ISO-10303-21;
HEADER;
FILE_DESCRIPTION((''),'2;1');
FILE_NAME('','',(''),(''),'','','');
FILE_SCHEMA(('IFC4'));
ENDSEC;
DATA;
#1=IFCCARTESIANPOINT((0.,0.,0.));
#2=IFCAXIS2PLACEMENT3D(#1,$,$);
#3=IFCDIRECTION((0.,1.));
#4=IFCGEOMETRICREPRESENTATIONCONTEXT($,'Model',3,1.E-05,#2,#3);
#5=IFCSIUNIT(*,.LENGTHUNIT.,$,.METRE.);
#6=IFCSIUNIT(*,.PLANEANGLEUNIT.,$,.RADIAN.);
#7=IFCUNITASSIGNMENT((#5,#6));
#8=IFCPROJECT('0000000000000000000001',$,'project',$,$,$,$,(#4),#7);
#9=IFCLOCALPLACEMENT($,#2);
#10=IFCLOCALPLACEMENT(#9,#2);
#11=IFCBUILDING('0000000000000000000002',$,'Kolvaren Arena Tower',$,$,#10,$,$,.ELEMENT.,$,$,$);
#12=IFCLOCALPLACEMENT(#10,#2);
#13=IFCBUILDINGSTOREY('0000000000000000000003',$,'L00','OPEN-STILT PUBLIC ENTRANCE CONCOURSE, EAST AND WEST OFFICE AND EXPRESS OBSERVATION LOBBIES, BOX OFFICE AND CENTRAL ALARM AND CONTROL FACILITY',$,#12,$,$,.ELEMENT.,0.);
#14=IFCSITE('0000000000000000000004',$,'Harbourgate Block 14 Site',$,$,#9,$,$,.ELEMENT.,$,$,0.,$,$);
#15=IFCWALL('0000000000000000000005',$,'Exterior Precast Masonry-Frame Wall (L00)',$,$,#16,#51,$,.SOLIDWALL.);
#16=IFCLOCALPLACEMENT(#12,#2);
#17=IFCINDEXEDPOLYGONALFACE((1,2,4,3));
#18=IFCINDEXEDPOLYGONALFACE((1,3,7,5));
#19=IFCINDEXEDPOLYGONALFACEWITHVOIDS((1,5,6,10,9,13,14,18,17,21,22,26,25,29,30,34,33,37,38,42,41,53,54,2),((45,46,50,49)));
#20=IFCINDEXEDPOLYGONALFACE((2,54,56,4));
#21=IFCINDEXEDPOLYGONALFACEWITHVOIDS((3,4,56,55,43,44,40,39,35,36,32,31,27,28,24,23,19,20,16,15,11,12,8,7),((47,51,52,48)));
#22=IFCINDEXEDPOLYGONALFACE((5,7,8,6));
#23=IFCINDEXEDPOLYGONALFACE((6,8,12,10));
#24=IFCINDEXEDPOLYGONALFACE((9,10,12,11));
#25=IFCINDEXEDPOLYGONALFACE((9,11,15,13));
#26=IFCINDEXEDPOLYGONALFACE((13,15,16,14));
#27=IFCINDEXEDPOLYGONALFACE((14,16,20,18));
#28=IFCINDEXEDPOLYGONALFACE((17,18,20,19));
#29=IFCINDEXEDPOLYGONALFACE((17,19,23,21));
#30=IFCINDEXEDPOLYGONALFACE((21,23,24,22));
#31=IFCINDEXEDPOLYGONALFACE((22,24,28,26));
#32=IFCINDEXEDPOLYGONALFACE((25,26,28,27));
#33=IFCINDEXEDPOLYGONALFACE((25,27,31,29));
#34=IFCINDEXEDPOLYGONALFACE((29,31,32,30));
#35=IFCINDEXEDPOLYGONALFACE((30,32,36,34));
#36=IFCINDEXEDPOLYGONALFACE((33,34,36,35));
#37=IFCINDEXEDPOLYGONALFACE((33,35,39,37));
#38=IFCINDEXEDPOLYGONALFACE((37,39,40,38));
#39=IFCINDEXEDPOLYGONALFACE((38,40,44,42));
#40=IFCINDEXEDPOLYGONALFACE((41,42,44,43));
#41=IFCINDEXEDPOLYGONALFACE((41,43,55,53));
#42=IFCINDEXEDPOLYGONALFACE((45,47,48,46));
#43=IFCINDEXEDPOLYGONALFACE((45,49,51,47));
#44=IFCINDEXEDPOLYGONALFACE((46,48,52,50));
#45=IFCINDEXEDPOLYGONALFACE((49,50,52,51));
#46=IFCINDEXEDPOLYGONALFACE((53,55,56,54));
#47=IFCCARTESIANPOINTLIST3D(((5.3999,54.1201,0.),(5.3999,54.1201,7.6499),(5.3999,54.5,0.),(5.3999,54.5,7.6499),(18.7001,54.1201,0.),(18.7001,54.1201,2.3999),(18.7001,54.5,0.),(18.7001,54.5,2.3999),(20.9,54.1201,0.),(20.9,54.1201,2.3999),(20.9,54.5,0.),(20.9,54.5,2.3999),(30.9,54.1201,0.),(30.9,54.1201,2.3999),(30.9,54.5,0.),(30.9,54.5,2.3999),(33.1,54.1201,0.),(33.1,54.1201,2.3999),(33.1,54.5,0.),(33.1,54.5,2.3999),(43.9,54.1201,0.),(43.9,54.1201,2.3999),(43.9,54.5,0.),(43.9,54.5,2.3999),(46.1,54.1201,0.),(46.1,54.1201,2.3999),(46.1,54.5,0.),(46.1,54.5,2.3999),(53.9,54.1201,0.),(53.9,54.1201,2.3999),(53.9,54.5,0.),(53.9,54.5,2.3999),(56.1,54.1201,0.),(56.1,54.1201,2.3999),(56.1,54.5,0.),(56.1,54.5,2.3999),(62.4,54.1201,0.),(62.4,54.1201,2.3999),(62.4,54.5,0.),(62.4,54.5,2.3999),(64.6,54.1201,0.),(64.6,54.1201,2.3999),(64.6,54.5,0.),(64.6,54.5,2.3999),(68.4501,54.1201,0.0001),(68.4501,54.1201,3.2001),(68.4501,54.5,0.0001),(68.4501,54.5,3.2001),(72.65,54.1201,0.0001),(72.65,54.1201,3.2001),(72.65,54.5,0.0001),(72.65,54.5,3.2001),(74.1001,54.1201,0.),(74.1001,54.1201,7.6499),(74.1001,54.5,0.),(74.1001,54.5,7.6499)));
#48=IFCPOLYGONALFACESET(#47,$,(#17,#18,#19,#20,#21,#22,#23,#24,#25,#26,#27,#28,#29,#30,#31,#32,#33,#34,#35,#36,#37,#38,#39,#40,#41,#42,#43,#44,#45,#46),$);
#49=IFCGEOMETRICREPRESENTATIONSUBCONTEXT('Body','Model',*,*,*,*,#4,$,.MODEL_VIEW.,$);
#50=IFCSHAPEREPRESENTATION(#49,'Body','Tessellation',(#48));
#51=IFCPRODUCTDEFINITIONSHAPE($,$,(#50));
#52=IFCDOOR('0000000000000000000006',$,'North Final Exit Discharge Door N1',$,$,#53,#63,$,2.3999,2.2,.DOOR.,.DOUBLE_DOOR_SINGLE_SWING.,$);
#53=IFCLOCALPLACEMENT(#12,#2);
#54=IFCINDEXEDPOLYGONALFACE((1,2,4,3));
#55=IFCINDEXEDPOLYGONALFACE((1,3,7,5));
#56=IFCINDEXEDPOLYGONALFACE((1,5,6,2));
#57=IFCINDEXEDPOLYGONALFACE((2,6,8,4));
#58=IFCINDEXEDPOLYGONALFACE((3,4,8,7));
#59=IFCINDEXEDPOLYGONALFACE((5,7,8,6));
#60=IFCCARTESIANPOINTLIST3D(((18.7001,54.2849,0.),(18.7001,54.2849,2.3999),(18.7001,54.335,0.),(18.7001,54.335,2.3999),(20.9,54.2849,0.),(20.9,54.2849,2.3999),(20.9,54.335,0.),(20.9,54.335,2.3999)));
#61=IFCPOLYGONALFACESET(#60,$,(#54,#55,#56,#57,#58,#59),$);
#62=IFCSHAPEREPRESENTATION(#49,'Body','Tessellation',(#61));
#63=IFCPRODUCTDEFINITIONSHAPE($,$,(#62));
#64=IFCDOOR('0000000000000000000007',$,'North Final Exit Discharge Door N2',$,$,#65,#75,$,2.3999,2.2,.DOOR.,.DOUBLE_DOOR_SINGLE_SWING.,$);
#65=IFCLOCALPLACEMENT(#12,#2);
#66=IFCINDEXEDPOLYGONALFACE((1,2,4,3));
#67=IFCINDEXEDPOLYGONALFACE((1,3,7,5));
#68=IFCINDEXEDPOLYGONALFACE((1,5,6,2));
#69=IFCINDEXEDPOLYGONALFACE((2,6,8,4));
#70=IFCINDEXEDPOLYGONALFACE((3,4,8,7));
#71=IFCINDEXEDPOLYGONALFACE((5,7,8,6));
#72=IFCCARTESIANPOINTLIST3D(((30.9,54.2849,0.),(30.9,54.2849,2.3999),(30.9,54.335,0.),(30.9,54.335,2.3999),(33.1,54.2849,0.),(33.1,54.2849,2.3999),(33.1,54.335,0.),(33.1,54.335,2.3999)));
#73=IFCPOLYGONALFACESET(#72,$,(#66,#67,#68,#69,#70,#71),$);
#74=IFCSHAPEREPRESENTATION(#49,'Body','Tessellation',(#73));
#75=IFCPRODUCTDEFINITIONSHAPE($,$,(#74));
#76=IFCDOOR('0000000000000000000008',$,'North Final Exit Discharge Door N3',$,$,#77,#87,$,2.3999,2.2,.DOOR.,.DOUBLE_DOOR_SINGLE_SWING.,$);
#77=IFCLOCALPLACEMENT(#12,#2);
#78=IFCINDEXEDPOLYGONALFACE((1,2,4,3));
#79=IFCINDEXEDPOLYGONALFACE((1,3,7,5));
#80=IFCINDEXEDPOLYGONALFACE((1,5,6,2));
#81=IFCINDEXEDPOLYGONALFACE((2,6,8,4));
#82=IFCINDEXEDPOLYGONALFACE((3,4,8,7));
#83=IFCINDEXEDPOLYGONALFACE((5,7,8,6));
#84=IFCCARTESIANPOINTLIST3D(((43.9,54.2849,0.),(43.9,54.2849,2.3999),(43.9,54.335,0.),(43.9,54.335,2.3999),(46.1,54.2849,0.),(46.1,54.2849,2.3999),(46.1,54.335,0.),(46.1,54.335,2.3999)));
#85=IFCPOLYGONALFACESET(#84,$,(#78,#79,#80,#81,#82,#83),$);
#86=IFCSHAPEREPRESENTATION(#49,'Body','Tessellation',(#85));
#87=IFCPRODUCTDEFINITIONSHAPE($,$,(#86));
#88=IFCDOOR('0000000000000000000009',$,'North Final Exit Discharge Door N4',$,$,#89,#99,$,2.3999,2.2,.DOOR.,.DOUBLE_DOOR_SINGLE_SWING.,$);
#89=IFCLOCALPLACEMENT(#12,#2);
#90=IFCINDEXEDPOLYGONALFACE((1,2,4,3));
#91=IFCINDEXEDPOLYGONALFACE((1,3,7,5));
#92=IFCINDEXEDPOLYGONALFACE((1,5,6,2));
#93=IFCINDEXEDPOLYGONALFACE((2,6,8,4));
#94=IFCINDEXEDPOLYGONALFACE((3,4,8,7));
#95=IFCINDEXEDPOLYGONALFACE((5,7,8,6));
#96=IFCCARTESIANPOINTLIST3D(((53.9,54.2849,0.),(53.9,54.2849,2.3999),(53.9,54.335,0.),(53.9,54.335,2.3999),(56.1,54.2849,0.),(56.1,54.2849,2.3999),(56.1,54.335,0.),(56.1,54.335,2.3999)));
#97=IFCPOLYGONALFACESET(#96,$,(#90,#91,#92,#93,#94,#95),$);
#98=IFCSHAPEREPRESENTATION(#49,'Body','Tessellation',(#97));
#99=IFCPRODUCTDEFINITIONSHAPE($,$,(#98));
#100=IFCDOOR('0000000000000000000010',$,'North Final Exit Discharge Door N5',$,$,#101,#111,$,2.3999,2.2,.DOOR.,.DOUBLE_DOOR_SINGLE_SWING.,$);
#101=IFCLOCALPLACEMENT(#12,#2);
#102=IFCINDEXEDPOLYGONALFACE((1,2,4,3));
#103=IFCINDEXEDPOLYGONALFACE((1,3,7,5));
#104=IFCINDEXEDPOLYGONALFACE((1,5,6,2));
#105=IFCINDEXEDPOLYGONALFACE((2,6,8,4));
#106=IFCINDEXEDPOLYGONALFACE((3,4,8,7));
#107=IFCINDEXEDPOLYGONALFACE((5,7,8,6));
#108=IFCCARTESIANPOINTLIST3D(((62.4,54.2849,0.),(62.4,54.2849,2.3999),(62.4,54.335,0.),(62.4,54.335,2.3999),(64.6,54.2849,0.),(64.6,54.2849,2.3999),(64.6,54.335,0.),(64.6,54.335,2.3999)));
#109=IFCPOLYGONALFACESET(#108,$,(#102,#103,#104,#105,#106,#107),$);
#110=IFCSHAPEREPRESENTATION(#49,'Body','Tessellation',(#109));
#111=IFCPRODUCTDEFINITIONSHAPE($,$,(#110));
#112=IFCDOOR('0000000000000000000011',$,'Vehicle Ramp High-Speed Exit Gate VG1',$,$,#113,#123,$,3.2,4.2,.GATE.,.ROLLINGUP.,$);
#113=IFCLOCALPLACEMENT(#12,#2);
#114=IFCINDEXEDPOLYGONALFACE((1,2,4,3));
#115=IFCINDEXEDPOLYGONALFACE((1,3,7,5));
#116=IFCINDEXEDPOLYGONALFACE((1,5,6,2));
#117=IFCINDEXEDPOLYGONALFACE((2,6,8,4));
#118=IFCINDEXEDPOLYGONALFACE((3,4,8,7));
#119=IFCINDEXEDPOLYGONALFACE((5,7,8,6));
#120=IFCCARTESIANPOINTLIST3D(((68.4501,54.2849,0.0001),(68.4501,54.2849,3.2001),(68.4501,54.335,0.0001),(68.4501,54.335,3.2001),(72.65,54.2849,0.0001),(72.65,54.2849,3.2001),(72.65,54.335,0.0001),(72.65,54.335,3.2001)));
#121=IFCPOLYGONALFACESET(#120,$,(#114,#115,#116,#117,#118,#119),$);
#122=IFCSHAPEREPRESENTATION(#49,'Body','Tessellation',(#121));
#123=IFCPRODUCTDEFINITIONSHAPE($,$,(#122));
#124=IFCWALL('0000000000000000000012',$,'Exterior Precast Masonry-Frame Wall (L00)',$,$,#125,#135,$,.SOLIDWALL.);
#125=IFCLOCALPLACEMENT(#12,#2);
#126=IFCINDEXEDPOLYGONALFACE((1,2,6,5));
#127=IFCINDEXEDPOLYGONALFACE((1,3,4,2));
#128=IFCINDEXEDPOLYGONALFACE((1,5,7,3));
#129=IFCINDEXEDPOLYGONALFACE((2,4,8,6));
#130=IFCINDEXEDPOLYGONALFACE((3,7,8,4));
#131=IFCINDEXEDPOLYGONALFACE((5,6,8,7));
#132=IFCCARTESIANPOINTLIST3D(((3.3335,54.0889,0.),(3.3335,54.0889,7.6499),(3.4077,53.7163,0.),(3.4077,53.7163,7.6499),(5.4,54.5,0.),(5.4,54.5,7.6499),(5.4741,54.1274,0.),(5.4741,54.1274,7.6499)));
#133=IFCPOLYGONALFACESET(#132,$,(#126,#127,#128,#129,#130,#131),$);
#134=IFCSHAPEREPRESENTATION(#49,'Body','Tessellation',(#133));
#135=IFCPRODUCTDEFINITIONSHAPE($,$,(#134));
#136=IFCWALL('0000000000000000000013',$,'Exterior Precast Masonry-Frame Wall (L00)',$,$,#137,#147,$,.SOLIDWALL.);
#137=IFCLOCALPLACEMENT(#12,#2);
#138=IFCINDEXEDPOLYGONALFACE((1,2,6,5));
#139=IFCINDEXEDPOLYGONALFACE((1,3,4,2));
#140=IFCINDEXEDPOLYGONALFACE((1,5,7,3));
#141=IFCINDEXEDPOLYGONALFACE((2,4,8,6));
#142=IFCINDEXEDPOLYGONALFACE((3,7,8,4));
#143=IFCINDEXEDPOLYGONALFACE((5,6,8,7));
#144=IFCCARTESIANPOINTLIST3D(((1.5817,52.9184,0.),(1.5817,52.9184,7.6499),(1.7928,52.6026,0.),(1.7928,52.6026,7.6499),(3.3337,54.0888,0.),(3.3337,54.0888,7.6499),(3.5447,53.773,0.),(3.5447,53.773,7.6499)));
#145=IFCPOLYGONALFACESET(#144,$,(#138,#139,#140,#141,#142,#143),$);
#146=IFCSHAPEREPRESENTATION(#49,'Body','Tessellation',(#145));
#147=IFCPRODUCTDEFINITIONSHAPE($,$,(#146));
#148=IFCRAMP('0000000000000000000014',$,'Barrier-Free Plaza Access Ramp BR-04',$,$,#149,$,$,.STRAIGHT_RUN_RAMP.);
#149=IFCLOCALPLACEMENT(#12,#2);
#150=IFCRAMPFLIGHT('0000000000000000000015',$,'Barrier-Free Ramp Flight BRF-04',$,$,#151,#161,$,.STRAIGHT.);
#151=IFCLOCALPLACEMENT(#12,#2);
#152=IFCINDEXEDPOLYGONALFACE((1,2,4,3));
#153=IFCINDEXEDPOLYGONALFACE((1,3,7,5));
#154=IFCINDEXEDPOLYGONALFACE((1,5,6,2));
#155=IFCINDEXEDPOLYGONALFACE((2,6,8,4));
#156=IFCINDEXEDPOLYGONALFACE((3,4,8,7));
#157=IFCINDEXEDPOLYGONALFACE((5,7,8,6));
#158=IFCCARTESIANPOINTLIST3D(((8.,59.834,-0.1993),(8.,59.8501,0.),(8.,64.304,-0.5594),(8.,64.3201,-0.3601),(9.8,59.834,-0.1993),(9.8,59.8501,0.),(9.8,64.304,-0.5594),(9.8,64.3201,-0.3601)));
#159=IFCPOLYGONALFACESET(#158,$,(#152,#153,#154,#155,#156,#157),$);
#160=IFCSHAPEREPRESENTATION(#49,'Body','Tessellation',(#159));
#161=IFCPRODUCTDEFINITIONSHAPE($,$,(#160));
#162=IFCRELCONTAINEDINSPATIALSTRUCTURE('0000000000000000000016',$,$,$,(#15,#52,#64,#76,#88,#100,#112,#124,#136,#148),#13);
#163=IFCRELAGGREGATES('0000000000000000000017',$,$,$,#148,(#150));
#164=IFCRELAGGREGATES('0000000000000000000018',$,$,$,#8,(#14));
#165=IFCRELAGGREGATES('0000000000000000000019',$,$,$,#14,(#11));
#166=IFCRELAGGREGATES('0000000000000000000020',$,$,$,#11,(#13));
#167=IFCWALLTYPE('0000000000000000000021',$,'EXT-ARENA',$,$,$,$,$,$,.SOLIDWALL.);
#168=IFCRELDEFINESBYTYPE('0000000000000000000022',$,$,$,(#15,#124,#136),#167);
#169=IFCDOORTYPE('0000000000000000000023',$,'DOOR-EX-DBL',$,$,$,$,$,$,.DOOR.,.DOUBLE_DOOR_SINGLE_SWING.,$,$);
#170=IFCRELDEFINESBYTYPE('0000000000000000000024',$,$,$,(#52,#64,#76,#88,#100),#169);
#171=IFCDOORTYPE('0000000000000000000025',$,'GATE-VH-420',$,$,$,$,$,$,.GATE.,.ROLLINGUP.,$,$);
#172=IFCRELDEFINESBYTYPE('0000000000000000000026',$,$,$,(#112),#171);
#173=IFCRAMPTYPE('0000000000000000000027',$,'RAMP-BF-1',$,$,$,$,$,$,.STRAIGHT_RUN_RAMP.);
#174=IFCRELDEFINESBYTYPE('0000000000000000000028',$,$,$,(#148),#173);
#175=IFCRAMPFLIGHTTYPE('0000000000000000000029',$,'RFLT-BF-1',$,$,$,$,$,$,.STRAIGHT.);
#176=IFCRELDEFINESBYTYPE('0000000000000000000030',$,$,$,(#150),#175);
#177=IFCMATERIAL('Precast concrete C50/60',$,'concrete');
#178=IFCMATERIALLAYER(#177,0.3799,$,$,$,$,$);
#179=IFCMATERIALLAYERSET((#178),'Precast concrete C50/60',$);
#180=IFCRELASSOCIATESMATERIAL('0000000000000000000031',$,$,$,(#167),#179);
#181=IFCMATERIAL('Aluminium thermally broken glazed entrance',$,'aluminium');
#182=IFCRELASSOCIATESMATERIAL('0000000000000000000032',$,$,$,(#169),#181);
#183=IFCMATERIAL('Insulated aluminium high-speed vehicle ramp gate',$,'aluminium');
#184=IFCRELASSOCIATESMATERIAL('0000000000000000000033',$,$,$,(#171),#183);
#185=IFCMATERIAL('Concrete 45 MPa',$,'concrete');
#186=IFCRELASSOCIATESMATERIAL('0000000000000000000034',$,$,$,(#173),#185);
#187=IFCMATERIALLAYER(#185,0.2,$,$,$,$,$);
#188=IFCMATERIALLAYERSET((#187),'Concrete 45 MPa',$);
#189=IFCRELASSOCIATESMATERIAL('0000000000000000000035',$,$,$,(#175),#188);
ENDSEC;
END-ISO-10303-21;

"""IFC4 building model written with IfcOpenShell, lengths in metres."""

from ifc_helpers import new_model, si_unit, direction, frame, frame_2d, origin, place, context, subcontext, project, spatial, polyline, rectangle, outline, extrude, material, layer, layer_set, type_object, element, fill, aggregate, save


model = new_model("IFC4")

# Units and contexts
model_context = context("Model", 3, precision=1e-05, world=origin(), true_north=direction((0.0, 1.0)))
body_context = subcontext(model_context, "Body", "Model", "MODEL_VIEW")
ifc_project = project(units=[si_unit("LENGTHUNIT", "METRE"), si_unit("PLANEANGLEUNIT", "RADIAN")], contexts=[model_context])

# Site, building, storey
site_placement = place(None, origin())
site = spatial("IfcSite", under=ifc_project, at=site_placement, Name="Harbourgate Block 14 Site", CompositionType="ELEMENT", RefElevation=0.0)
building_placement = place(site_placement, origin())
building = spatial("IfcBuilding", under=site, at=building_placement, Name="Kolvaren Arena Tower", CompositionType="ELEMENT")
storey_placement = place(building_placement, origin())
storey = spatial("IfcBuildingStorey", under=building, at=storey_placement, Name="L00", Description="OPEN-STILT PUBLIC ENTRANCE CONCOURSE, EAST AND WEST OFFICE AND EXPRESS OBSERVATION LOBBIES, BOX OFFICE AND CENTRAL ALARM AND CONTROL FACILITY", CompositionType="ELEMENT", Elevation=0.0)

# Wall, openings, doors
ifc_material_1 = material(Name="Precast concrete C50/60", Category="concrete")
ifc_layer_1 = layer(ifc_material_1, 0.3799)
ifc_layer_set_1 = layer_set([ifc_layer_1], Name="Precast concrete C50/60")
wall_type = type_object("IfcWallType", Name="EXT-ARENA", PredefinedType="SOLIDWALL", material=ifc_layer_set_1)
wall_placement = place(storey_placement, frame((5.3999, 54.3101, 0.0), z_axis=(0.0, 0.0, 1.0), x_axis=(1.0, 0.0, 0.0)))
wall = element("IfcWall", 1, at=wall_placement, inside=storey, type_object=wall_type, Name="Exterior Precast Masonry-Frame Wall (L00)", PredefinedType="SOLIDWALL", context=body_context, shape_type="SweptSolid", body=[
    extrude(rectangle(XDim=68.7002, YDim=0.3799, at=frame_2d((34.3501, 0.0))), origin(), (0.0, 0.0, 1.0), 7.6499),
])
opening_1_placement = place(wall_placement, frame((63.05, 0.0, 0.0)))
opening_1 = element("IfcOpeningElement", 2, at=opening_1_placement, cuts=wall, PredefinedType="OPENING", context=body_context, shape_type="SweptSolid", body=[
    extrude(rectangle(XDim=4.2, YDim=3.2, at=frame_2d((2.1001, 1.6001))), frame((0.0, 0.2, 0.0), z_axis=(0.0, -1.0, 0.0), x_axis=(1.0, 0.0, 0.0)), (0.0, 0.0, 1.0), 0.3999),
])
opening_2_placement = place(wall_placement, frame((13.3, 0.0, 0.0)))
opening_2 = element("IfcOpeningElement", 3, at=opening_2_placement, cuts=wall, PredefinedType="OPENING", context=body_context, shape_type="SweptSolid", body=[
    extrude(rectangle(XDim=2.2, YDim=2.3999, at=frame_2d((1.1001, 1.2))), frame((0.0, 0.2, 0.0), z_axis=(0.0, -1.0, 0.0), x_axis=(1.0, 0.0, 0.0)), (0.0, 0.0, 1.0), 0.3999),
])
opening_3_placement = place(wall_placement, frame((25.5, 0.0, 0.0)))
opening_3 = element("IfcOpeningElement", 4, at=opening_3_placement, cuts=wall, PredefinedType="OPENING", context=body_context, shape_type="SweptSolid", body=[
    extrude(rectangle(XDim=2.2, YDim=2.3999, at=frame_2d((1.1001, 1.2))), frame((0.0, 0.2, 0.0), z_axis=(0.0, -1.0, 0.0), x_axis=(1.0, 0.0, 0.0)), (0.0, 0.0, 1.0), 0.3999),
])
opening_4_placement = place(wall_placement, frame((38.5, 0.0, 0.0)))
opening_4 = element("IfcOpeningElement", 5, at=opening_4_placement, cuts=wall, PredefinedType="OPENING", context=body_context, shape_type="SweptSolid", body=[
    extrude(rectangle(XDim=2.2, YDim=2.3999, at=frame_2d((1.1001, 1.2))), frame((0.0, 0.2, 0.0), z_axis=(0.0, -1.0, 0.0), x_axis=(1.0, 0.0, 0.0)), (0.0, 0.0, 1.0), 0.3999),
])
opening_5_placement = place(wall_placement, frame((48.5, 0.0, 0.0)))
opening_5 = element("IfcOpeningElement", 6, at=opening_5_placement, cuts=wall, PredefinedType="OPENING", context=body_context, shape_type="SweptSolid", body=[
    extrude(rectangle(XDim=2.2, YDim=2.3999, at=frame_2d((1.1001, 1.2))), frame((0.0, 0.2, 0.0), z_axis=(0.0, -1.0, 0.0), x_axis=(1.0, 0.0, 0.0)), (0.0, 0.0, 1.0), 0.3999),
])
opening_6_placement = place(wall_placement, frame((57.0, 0.0, 0.0)))
opening_6 = element("IfcOpeningElement", 7, at=opening_6_placement, cuts=wall, PredefinedType="OPENING", context=body_context, shape_type="SweptSolid", body=[
    extrude(rectangle(XDim=2.2, YDim=2.3999, at=frame_2d((1.1001, 1.2))), frame((0.0, 0.2, 0.0), z_axis=(0.0, -1.0, 0.0), x_axis=(1.0, 0.0, 0.0)), (0.0, 0.0, 1.0), 0.3999),
])
ifc_material_2 = material(Name="Aluminium thermally broken glazed entrance", Category="aluminium")
door_type_1 = type_object("IfcDoorType", Name="DOOR-EX-DBL", OperationType="DOUBLE_DOOR_SINGLE_SWING", PredefinedType="DOOR", material=ifc_material_2)
door_1_placement = place(opening_2_placement, origin())
door_1 = element("IfcDoor", 8, at=door_1_placement, inside=storey, type_object=door_type_1, Name="North Final Exit Discharge Door N1", OperationType="DOUBLE_DOOR_SINGLE_SWING", OverallHeight=2.3999, OverallWidth=2.2, PredefinedType="DOOR", context=body_context, shape_type="SweptSolid", body=[
    extrude(rectangle(XDim=2.2, YDim=2.3999, at=frame_2d((1.1001, 1.2))), frame((0.0, 0.0249, 0.0), z_axis=(0.0, -1.0, 0.0), x_axis=(1.0, 0.0, 0.0)), (0.0, 0.0, 1.0), 0.05),
])
fill(opening_2, door_1)
door_2_placement = place(opening_3_placement, origin())
door_2 = element("IfcDoor", 9, at=door_2_placement, inside=storey, type_object=door_type_1, Name="North Final Exit Discharge Door N2", OperationType="DOUBLE_DOOR_SINGLE_SWING", OverallHeight=2.3999, OverallWidth=2.2, PredefinedType="DOOR", context=body_context, shape_type="SweptSolid", body=[
    extrude(rectangle(XDim=2.2, YDim=2.3999, at=frame_2d((1.1001, 1.2))), frame((0.0, 0.0249, 0.0), z_axis=(0.0, -1.0, 0.0), x_axis=(1.0, 0.0, 0.0)), (0.0, 0.0, 1.0), 0.05),
])
fill(opening_3, door_2)
door_3_placement = place(opening_4_placement, origin())
door_3 = element("IfcDoor", 10, at=door_3_placement, inside=storey, type_object=door_type_1, Name="North Final Exit Discharge Door N3", OperationType="DOUBLE_DOOR_SINGLE_SWING", OverallHeight=2.3999, OverallWidth=2.2, PredefinedType="DOOR", context=body_context, shape_type="SweptSolid", body=[
    extrude(rectangle(XDim=2.2, YDim=2.3999, at=frame_2d((1.1001, 1.2))), frame((0.0, 0.0249, 0.0), z_axis=(0.0, -1.0, 0.0), x_axis=(1.0, 0.0, 0.0)), (0.0, 0.0, 1.0), 0.05),
])
fill(opening_4, door_3)
door_4_placement = place(opening_5_placement, origin())
door_4 = element("IfcDoor", 11, at=door_4_placement, inside=storey, type_object=door_type_1, Name="North Final Exit Discharge Door N4", OperationType="DOUBLE_DOOR_SINGLE_SWING", OverallHeight=2.3999, OverallWidth=2.2, PredefinedType="DOOR", context=body_context, shape_type="SweptSolid", body=[
    extrude(rectangle(XDim=2.2, YDim=2.3999, at=frame_2d((1.1001, 1.2))), frame((0.0, 0.0249, 0.0), z_axis=(0.0, -1.0, 0.0), x_axis=(1.0, 0.0, 0.0)), (0.0, 0.0, 1.0), 0.05),
])
fill(opening_5, door_4)
door_5_placement = place(opening_6_placement, origin())
door_5 = element("IfcDoor", 12, at=door_5_placement, inside=storey, type_object=door_type_1, Name="North Final Exit Discharge Door N5", OperationType="DOUBLE_DOOR_SINGLE_SWING", OverallHeight=2.3999, OverallWidth=2.2, PredefinedType="DOOR", context=body_context, shape_type="SweptSolid", body=[
    extrude(rectangle(XDim=2.2, YDim=2.3999, at=frame_2d((1.1001, 1.2))), frame((0.0, 0.0249, 0.0), z_axis=(0.0, -1.0, 0.0), x_axis=(1.0, 0.0, 0.0)), (0.0, 0.0, 1.0), 0.05),
])
fill(opening_6, door_5)
ifc_material_3 = material(Name="Insulated aluminium high-speed vehicle ramp gate", Category="aluminium")
door_type_2 = type_object("IfcDoorType", Name="GATE-VH-420", OperationType="ROLLINGUP", PredefinedType="GATE", material=ifc_material_3)
door_6_placement = place(opening_1_placement, origin())
door_6 = element("IfcDoor", 13, at=door_6_placement, inside=storey, type_object=door_type_2, Name="Vehicle Ramp High-Speed Exit Gate VG1", OperationType="ROLLINGUP", OverallHeight=3.2, OverallWidth=4.2, PredefinedType="GATE", context=body_context, shape_type="SweptSolid", body=[
    extrude(rectangle(XDim=4.2, YDim=3.2, at=frame_2d((2.1001, 1.6001))), frame((0.0, 0.0249, 0.0), z_axis=(0.0, -1.0, 0.0), x_axis=(1.0, 0.0, 0.0)), (0.0, 0.0, 1.0), 0.05),
])
fill(opening_1, door_6)

# Walls
for number, where, z_axis, x_axis, name in (
    (14, (3.3706, 53.9026, 0.0), (0.0, 0.0, 1.0), (0.980776, 0.195136, 0.0), "Exterior Precast Masonry-Frame Wall (L00)"),
    (15, (1.6873, 52.7605, 0.0), (0.0, 0.0, 1.0), (0.831515, 0.555502, 0.0), "Exterior Precast Masonry-Frame Wall (L00)"),
):
    element("IfcWall", number, at=place(storey_placement, frame(where, z_axis=z_axis, x_axis=x_axis)), inside=storey, type_object=wall_type, Name=name, PredefinedType="SOLIDWALL", context=body_context, shape_type="SweptSolid", body=[
        extrude(rectangle(XDim=2.1069, YDim=0.3799, at=frame_2d((1.0535, 0.0))), origin(), (0.0, 0.0, 1.0), 7.6499),
    ])

# Ramp, ramp flight
ifc_material_4 = material(Name="Concrete 45 MPa", Category="concrete")
ramp_type = type_object("IfcRampType", Name="RAMP-BF-1", PredefinedType="STRAIGHT_RUN_RAMP", material=ifc_material_4)
ramp_placement = place(storey_placement, origin())
ramp = element("IfcRamp", 16, at=ramp_placement, inside=storey, type_object=ramp_type, Name="Barrier-Free Plaza Access Ramp BR-04", PredefinedType="STRAIGHT_RUN_RAMP")
ifc_layer_2 = layer(ifc_material_4, 0.2)
ifc_layer_set_2 = layer_set([ifc_layer_2], Name="Concrete 45 MPa")
ramp_flight_type = type_object("IfcRampFlightType", Name="RFLT-BF-1", PredefinedType="STRAIGHT", material=ifc_layer_set_2)
ramp_flight_placement = place(storey_placement, frame((9.8, 64.3201, -0.3601), z_axis=(0.0, 0.080301, 0.996771), x_axis=(-1.0, 0.0, 0.0)))
ramp_flight = element("IfcRampFlight", 17, at=ramp_flight_placement, type_object=ramp_flight_type, Name="Barrier-Free Ramp Flight BRF-04", PredefinedType="STRAIGHT", context=body_context, shape_type="SweptSolid", body=[
    extrude(outline(polyline([(0.0, 0.0), (1.8, 0.0), (1.8, 4.4845), (0.0, 4.4845), (0.0, 0.0)])), origin(), (0.0, 0.0, -1.0), 0.2),
])
aggregate(ramp, [ramp_flight])

save(model, "model.ifc")
